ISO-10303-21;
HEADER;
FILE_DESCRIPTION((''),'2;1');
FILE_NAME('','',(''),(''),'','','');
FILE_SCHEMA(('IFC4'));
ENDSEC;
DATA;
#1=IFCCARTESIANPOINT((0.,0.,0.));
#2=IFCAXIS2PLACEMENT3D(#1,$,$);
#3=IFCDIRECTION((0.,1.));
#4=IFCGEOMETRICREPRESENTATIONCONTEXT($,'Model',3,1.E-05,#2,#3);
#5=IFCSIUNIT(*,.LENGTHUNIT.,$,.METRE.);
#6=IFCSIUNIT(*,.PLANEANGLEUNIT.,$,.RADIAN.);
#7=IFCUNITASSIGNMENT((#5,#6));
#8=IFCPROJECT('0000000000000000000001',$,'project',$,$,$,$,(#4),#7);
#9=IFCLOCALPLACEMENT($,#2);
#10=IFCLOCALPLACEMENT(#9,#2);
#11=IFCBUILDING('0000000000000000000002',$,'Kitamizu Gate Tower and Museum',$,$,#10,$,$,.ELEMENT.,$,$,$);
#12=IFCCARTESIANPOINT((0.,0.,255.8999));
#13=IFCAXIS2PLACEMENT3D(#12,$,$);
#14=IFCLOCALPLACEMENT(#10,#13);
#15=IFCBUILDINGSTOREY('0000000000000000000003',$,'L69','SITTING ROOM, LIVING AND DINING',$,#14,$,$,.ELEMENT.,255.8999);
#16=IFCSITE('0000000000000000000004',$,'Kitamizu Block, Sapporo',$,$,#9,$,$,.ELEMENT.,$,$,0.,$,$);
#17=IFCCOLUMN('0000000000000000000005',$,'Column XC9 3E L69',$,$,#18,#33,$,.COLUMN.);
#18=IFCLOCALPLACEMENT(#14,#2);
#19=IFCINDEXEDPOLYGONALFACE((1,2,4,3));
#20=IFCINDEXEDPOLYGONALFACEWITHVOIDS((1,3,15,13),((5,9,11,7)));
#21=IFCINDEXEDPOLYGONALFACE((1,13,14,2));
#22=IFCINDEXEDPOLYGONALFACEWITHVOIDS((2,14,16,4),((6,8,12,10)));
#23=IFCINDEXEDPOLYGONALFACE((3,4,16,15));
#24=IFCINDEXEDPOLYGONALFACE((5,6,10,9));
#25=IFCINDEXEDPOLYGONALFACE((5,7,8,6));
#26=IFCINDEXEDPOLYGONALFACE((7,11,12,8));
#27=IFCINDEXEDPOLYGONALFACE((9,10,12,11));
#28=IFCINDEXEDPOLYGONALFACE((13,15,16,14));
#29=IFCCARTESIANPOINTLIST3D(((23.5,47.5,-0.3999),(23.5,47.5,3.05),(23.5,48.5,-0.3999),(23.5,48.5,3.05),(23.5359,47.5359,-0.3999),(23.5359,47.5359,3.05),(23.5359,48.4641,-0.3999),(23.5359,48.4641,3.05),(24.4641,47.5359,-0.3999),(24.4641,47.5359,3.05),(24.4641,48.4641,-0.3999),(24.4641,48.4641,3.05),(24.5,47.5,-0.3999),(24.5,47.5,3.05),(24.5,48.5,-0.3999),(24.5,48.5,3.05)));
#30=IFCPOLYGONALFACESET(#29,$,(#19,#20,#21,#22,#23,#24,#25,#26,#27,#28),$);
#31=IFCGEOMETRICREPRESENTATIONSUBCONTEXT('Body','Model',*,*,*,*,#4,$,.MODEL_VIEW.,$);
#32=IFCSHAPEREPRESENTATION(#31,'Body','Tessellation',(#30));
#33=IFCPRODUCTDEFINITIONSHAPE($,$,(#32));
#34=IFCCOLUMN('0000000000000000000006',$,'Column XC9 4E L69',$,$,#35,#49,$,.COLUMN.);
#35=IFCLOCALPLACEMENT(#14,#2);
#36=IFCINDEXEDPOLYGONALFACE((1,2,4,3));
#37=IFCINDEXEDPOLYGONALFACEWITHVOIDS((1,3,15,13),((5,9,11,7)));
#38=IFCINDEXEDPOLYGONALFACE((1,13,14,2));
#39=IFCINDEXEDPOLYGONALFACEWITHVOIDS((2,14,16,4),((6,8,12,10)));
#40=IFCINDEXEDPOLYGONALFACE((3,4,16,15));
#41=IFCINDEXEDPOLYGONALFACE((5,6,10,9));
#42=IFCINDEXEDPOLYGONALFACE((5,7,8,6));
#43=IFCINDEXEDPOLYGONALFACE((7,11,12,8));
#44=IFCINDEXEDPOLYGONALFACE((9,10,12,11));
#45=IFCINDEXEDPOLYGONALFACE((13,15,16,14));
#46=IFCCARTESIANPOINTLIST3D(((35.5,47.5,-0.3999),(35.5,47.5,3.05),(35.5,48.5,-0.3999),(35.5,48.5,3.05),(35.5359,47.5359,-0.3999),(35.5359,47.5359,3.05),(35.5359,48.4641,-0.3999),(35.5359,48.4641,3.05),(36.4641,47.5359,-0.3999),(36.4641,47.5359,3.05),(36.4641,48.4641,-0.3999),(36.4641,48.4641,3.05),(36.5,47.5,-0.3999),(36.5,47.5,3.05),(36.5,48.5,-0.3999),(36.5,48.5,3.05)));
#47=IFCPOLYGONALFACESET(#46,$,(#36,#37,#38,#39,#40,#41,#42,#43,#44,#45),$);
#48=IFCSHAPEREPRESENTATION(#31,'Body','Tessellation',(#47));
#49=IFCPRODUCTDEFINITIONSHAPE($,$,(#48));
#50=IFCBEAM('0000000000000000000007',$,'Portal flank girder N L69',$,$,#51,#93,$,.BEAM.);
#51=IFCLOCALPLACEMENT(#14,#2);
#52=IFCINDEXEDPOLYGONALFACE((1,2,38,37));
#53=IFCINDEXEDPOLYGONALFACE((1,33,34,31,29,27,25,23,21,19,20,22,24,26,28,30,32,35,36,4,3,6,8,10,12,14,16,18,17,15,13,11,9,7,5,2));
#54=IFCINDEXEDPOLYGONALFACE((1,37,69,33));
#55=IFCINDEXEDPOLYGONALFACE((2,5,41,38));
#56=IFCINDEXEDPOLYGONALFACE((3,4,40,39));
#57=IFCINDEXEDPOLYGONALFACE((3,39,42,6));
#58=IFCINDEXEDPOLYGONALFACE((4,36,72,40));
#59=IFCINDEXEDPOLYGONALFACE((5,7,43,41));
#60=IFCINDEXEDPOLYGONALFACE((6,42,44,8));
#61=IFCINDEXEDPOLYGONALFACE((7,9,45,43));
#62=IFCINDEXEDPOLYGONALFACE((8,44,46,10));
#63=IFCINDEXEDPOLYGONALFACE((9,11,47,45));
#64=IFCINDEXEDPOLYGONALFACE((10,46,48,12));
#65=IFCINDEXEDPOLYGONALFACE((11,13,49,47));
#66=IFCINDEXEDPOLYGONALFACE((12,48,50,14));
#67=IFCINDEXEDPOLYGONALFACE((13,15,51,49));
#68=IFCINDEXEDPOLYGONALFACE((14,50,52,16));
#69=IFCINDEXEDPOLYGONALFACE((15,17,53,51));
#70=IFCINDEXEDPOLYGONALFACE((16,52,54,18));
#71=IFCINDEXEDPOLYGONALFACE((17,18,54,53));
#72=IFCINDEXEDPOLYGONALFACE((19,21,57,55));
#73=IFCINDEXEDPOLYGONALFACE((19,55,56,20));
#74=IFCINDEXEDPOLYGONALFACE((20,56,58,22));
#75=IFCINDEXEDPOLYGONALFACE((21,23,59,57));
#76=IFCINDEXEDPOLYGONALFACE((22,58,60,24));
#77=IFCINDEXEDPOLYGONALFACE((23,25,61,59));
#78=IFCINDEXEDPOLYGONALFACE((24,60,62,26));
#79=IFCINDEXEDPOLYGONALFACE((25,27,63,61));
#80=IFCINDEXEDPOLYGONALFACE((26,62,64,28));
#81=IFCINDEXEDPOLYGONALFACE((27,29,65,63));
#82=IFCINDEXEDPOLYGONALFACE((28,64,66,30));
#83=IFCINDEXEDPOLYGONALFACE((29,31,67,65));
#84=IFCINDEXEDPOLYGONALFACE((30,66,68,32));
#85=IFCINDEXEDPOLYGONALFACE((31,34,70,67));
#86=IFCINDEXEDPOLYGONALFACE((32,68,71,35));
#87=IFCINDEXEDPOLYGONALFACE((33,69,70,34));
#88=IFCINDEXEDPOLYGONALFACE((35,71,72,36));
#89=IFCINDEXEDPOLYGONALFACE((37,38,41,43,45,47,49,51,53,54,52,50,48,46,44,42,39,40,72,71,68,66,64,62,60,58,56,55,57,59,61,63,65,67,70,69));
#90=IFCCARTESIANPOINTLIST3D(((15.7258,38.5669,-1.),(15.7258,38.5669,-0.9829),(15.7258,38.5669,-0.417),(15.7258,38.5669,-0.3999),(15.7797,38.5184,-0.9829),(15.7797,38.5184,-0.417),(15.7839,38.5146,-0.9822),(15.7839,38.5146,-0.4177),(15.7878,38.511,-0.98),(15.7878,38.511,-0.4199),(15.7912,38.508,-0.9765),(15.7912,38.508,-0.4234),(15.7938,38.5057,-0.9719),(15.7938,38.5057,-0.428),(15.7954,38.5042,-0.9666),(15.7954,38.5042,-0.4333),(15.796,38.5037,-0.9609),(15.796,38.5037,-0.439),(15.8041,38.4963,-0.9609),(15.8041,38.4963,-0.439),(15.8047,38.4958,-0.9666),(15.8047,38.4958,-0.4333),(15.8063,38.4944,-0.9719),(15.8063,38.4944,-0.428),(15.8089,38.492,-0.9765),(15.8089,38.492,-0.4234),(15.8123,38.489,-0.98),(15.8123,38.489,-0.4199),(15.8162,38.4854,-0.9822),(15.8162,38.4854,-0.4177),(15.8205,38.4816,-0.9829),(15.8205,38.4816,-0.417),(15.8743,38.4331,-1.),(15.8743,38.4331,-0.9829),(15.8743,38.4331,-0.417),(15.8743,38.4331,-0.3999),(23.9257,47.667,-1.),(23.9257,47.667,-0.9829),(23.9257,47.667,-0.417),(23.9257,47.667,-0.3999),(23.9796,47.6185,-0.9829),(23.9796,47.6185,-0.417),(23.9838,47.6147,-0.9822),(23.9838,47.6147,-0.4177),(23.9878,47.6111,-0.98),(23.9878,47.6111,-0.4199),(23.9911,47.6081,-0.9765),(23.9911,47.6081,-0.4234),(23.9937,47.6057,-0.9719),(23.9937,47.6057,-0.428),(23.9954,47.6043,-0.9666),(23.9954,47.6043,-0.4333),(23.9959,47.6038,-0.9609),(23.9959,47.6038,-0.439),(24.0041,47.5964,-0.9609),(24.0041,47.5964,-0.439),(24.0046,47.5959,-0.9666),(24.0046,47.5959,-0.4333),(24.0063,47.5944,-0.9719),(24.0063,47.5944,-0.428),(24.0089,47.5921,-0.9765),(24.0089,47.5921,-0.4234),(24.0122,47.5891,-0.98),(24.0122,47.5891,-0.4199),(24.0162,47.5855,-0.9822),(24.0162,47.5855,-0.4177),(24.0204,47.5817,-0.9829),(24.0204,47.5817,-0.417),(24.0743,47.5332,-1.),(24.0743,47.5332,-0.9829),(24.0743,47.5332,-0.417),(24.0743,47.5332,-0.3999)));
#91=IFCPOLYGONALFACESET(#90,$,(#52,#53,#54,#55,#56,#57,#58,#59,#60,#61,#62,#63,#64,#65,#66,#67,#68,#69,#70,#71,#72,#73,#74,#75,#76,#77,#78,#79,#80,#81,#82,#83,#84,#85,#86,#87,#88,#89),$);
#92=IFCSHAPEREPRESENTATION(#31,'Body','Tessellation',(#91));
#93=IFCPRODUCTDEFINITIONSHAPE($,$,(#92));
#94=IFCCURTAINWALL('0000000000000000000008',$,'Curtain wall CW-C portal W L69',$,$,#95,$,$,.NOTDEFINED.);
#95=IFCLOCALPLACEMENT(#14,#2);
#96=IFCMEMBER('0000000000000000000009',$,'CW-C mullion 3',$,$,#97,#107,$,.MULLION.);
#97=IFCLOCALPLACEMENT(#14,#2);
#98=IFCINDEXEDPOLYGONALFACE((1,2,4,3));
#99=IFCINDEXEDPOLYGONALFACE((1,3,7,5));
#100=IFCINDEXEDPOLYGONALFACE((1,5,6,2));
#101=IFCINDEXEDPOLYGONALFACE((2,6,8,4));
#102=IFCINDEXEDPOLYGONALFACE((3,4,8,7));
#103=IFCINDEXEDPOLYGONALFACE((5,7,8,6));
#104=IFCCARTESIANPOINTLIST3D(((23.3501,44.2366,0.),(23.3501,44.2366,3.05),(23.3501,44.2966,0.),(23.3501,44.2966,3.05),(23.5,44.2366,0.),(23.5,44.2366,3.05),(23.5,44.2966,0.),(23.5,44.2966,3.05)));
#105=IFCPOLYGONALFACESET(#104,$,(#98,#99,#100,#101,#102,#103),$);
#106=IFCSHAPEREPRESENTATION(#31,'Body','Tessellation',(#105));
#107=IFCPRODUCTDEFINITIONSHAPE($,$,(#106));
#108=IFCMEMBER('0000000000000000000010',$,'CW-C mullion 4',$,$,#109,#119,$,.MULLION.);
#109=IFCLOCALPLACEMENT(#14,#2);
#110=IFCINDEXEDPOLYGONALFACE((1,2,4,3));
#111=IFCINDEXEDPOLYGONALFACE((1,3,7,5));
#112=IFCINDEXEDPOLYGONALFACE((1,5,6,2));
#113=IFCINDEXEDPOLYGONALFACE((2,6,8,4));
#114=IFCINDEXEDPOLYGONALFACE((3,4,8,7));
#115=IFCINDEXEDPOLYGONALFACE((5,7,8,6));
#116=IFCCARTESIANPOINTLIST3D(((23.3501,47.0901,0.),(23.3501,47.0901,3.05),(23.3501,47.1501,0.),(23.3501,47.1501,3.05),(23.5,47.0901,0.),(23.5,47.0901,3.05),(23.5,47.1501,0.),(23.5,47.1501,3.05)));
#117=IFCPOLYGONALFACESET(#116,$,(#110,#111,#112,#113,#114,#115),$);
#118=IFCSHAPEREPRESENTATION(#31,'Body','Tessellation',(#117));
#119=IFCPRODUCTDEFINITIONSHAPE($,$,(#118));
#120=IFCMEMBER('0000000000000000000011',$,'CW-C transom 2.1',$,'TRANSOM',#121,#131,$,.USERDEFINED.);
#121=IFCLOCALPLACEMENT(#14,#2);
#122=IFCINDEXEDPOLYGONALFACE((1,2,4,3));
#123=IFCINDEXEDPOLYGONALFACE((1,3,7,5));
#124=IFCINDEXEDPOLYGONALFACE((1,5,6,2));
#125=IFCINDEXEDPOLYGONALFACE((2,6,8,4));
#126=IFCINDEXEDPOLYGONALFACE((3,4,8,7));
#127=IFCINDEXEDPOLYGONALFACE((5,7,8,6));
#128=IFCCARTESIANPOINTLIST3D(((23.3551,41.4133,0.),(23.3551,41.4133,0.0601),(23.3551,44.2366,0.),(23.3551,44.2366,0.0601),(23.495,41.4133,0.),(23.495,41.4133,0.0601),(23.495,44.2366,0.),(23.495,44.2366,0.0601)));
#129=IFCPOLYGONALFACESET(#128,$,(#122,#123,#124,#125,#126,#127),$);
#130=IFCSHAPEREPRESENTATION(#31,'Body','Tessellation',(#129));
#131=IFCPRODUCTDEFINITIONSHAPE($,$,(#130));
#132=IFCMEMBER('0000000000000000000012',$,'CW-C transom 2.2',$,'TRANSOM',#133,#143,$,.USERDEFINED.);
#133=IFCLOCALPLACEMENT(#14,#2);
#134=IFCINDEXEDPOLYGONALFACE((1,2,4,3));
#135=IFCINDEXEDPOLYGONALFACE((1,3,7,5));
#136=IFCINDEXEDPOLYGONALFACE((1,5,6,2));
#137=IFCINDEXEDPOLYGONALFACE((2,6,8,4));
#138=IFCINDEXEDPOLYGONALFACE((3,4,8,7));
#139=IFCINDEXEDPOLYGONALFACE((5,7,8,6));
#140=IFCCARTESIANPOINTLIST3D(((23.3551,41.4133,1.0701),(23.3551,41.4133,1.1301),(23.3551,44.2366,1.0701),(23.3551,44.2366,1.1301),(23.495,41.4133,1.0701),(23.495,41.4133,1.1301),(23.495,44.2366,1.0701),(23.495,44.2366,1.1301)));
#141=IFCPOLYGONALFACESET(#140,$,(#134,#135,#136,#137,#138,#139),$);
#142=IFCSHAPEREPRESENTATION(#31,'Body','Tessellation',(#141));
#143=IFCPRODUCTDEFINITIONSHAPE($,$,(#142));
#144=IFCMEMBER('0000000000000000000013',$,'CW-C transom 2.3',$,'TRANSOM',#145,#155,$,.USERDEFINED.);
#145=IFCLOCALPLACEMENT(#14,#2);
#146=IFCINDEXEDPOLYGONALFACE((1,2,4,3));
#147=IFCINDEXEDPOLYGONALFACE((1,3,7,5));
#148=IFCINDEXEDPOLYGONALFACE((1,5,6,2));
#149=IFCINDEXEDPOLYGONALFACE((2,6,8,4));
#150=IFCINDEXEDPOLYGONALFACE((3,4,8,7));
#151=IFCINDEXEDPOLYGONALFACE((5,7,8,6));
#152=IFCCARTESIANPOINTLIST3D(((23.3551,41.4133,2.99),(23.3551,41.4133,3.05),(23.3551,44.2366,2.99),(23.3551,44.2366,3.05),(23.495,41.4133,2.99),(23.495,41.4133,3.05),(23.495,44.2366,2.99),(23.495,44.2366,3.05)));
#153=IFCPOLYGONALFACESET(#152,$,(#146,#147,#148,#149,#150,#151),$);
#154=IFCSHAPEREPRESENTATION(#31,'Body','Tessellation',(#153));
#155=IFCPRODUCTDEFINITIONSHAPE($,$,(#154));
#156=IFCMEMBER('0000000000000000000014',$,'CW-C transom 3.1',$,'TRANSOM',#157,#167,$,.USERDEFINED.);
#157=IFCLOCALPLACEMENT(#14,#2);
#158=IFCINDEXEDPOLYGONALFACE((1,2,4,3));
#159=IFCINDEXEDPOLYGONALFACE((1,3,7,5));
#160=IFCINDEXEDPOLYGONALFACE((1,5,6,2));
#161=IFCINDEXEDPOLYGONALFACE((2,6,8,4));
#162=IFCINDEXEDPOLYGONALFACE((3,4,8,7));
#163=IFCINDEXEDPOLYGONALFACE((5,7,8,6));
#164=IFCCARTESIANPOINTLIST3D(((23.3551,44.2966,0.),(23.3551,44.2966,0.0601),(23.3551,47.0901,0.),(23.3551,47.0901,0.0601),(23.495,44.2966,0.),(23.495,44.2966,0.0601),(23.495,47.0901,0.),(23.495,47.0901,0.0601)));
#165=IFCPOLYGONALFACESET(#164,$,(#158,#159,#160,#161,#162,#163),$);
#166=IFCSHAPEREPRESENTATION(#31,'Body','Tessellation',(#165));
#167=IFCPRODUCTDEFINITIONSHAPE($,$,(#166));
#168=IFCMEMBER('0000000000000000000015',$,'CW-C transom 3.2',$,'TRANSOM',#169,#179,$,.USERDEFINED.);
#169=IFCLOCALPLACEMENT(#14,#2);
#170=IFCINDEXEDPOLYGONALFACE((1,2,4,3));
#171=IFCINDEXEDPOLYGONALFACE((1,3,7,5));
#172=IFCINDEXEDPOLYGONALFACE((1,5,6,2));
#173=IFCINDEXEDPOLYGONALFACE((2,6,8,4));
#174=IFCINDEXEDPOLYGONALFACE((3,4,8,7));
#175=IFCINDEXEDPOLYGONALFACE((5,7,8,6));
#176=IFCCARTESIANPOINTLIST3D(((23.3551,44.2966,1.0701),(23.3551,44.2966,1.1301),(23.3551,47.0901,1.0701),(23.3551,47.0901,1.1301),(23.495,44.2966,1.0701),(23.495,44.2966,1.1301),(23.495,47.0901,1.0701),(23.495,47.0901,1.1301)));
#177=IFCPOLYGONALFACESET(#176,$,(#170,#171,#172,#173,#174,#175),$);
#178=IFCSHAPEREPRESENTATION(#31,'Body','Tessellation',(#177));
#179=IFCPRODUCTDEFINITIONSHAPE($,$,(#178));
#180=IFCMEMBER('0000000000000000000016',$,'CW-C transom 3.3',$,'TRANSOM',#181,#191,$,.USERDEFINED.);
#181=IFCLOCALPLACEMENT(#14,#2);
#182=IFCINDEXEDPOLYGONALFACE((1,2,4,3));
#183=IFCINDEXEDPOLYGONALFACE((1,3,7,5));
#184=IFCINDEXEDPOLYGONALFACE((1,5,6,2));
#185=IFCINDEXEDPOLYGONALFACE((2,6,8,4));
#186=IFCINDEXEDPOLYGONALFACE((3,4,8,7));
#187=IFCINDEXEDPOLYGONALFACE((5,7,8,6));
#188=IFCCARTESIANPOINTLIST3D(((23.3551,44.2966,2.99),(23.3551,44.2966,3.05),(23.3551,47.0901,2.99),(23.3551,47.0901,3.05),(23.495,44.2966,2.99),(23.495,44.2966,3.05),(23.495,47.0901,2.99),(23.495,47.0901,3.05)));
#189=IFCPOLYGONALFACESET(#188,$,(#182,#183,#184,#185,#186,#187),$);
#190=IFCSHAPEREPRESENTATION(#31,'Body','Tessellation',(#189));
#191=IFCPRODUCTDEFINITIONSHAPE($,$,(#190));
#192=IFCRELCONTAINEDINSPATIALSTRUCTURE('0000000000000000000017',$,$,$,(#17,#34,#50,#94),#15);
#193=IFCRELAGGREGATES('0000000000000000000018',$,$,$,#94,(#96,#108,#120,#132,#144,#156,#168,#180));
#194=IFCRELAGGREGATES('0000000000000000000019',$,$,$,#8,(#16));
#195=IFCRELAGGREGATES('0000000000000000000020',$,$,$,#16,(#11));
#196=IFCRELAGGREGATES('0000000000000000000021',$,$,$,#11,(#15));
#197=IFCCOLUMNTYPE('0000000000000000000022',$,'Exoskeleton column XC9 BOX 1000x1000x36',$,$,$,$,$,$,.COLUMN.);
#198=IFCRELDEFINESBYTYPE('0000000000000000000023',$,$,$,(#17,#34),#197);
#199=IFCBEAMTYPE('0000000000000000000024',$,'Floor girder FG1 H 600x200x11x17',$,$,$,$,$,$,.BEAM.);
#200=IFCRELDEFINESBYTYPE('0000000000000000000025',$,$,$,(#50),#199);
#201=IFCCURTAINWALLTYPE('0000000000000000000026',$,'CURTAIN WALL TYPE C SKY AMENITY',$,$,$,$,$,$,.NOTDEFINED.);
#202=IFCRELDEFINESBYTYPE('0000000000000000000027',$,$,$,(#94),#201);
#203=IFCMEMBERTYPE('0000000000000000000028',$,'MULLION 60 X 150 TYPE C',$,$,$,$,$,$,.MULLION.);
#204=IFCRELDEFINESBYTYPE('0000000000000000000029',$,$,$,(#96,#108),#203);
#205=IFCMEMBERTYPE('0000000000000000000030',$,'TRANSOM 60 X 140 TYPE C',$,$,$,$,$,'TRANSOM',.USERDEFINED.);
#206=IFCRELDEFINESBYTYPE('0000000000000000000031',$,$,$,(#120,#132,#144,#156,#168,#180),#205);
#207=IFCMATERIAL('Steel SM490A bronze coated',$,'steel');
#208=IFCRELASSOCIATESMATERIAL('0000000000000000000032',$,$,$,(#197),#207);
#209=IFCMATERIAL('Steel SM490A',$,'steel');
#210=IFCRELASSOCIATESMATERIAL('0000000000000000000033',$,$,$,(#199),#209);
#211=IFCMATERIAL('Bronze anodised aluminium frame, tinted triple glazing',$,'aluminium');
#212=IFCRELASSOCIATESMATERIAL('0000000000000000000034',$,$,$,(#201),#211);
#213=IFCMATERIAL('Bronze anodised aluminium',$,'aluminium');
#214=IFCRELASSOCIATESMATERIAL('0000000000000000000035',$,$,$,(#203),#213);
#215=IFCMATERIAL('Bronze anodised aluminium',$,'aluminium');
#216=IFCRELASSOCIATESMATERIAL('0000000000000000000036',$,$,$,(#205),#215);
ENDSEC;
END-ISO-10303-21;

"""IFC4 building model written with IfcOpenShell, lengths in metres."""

from ifc_helpers import new_model, si_unit, direction, frame, origin, origin_2d, place, context, subcontext, project, spatial, rectangle, hollow_rectangle, i_section, extrude, material, material_profile, profile_set, type_object, element, aggregate, save


model = new_model("IFC4")

# Units and contexts
model_context = context("Model", 3, precision=1e-05, world=origin(), true_north=direction((0.0, 1.0)))
body_context = subcontext(model_context, "Body", "Model", "MODEL_VIEW")
ifc_project = project(units=[si_unit("LENGTHUNIT", "METRE"), si_unit("PLANEANGLEUNIT", "RADIAN")], contexts=[model_context])

# Site, building, storey
site_placement = place(None, origin())
site = spatial("IfcSite", under=ifc_project, at=site_placement, Name="Kitamizu Block, Sapporo", CompositionType="ELEMENT", RefElevation=0.0)
building_placement = place(site_placement, origin())
building = spatial("IfcBuilding", under=site, at=building_placement, Name="Kitamizu Gate Tower and Museum", CompositionType="ELEMENT")
storey_placement = place(building_placement, frame((0.0, 0.0, 255.8999)))
storey = spatial("IfcBuildingStorey", under=building, at=storey_placement, Name="L69", Description="SITTING ROOM, LIVING AND DINING", CompositionType="ELEMENT", Elevation=255.8999)

# Columns
ifc_material_1 = material(Name="Steel SM490A bronze coated", Category="steel")
ifc_material_profile_1 = material_profile(ifc_material_1, hollow_rectangle(XDim=1.0, YDim=1.0, WallThickness=0.0359, at=origin_2d()), Name="BOX 1000x1000x36")
ifc_profile_set_1 = profile_set([ifc_material_profile_1], Name="Steel SM490A bronze coated")
column_type = type_object("IfcColumnType", Name="Exoskeleton column XC9 BOX 1000x1000x36", PredefinedType="COLUMN", material=ifc_profile_set_1)
for number, where, z_axis, x_axis, name in (
    (1, (24.0, 48.0, -0.3999), (0.0, 0.0, 1.0), (1.0, 0.0, 0.0), "Column XC9 3E L69"),
    (2, (36.0, 48.0, -0.3999), (0.0, 0.0, 1.0), (1.0, 0.0, 0.0), "Column XC9 4E L69"),
):
    element("IfcColumn", number, at=place(storey_placement, frame(where, z_axis=z_axis, x_axis=x_axis)), inside=storey, type_object=column_type, Name=name, PredefinedType="COLUMN", context=body_context, shape_type="SweptSolid", body=[
        extrude(hollow_rectangle(XDim=1.0, YDim=1.0, WallThickness=0.0359, at=origin_2d()), origin(), (0.0, 0.0, 1.0), 3.45),
    ])

# Beam
ifc_material_2 = material(Name="Steel SM490A", Category="steel")
ifc_material_profile_2 = material_profile(ifc_material_2, i_section(OverallWidth=0.2, OverallDepth=0.6001, WebThickness=0.011, FlangeThickness=0.0171, FilletRadius=0.022, at=origin_2d()), Name="H-600x200x11x17")
ifc_profile_set_2 = profile_set([ifc_material_profile_2], Name="Steel SM490A")
beam_type = type_object("IfcBeamType", Name="Floor girder FG1 H 600x200x11x17", PredefinedType="BEAM", material=ifc_profile_set_2)
beam_placement = place(storey_placement, frame((24.0, 47.6001, -0.7), z_axis=(-0.669409, -0.742894, 0.0), x_axis=(0.742894, -0.669409, 0.0)))
element("IfcBeam", 3, at=beam_placement, inside=storey, type_object=beam_type, Name="Portal flank girder N L69", PredefinedType="BEAM", context=body_context, shape_type="SweptSolid", body=[
    extrude(i_section(OverallWidth=0.2, OverallDepth=0.6001, WebThickness=0.011, FlangeThickness=0.0171, FilletRadius=0.022, at=origin_2d()), origin(), (0.0, 0.0, 1.0), 12.2495),
])

# Curtain wall, members
ifc_material_3 = material(Name="Bronze anodised aluminium frame, tinted triple glazing", Category="aluminium")
curtain_wall_type = type_object("IfcCurtainWallType", Name="CURTAIN WALL TYPE C SKY AMENITY", PredefinedType="NOTDEFINED", material=ifc_material_3)
curtain_wall_placement = place(storey_placement, origin())
curtain_wall = element("IfcCurtainWall", 4, at=curtain_wall_placement, inside=storey, type_object=curtain_wall_type, Name="Curtain wall CW-C portal W L69", PredefinedType="NOTDEFINED")
ifc_material_4 = material(Name="Bronze anodised aluminium", Category="aluminium")
ifc_material_profile_3 = material_profile(ifc_material_4, rectangle(XDim=0.0601, YDim=0.1499, at=origin_2d()), Name="AL 60X150")
ifc_profile_set_3 = profile_set([ifc_material_profile_3], Name="Bronze anodised aluminium")
member_type_1 = type_object("IfcMemberType", Name="MULLION 60 X 150 TYPE C", PredefinedType="MULLION", material=ifc_profile_set_3)
member_1_placement = place(storey_placement, frame((23.425, 44.2666, 0.0), z_axis=(0.0, 0.0, 1.0), x_axis=(0.0, 1.0, 0.0)))
member_1 = element("IfcMember", 5, at=member_1_placement, type_object=member_type_1, Name="CW-C mullion 3", PredefinedType="MULLION", context=body_context, shape_type="SweptSolid", body=[
    extrude(rectangle(XDim=0.0601, YDim=0.1499, at=origin_2d()), origin(), (0.0, 0.0, 1.0), 3.05),
])
member_2_placement = place(storey_placement, frame((23.425, 47.1201, 0.0), z_axis=(0.0, 0.0, 1.0), x_axis=(0.0, 1.0, 0.0)))
member_2 = element("IfcMember", 6, at=member_2_placement, type_object=member_type_1, Name="CW-C mullion 4", PredefinedType="MULLION", context=body_context, shape_type="SweptSolid", body=[
    extrude(rectangle(XDim=0.0601, YDim=0.1499, at=origin_2d()), origin(), (0.0, 0.0, 1.0), 3.05),
])
ifc_material_5 = material(Name="Bronze anodised aluminium", Category="aluminium")
ifc_material_profile_4 = material_profile(ifc_material_5, rectangle(XDim=0.1399, YDim=0.0601, at=origin_2d()), Name="AL 60X140")
ifc_profile_set_4 = profile_set([ifc_material_profile_4], Name="Bronze anodised aluminium")
member_type_2 = type_object("IfcMemberType", Name="TRANSOM 60 X 140 TYPE C", ElementType="TRANSOM", PredefinedType="USERDEFINED", material=ifc_profile_set_4)
member_3_placement = place(storey_placement, frame((23.425, 41.4133, 0.03), z_axis=(0.0, 1.0, 0.0), x_axis=(-1.0, 0.0, 0.0)))
member_3 = element("IfcMember", 7, at=member_3_placement, type_object=member_type_2, Name="CW-C transom 2.1", ObjectType="TRANSOM", PredefinedType="USERDEFINED", context=body_context, shape_type="SweptSolid", body=[
    extrude(rectangle(XDim=0.1399, YDim=0.0601, at=origin_2d()), origin(), (0.0, 0.0, 1.0), 2.8232),
])
member_4_placement = place(storey_placement, frame((23.425, 41.4133, 1.1001), z_axis=(0.0, 1.0, 0.0), x_axis=(-1.0, 0.0, 0.0)))
member_4 = element("IfcMember", 8, at=member_4_placement, type_object=member_type_2, Name="CW-C transom 2.2", ObjectType="TRANSOM", PredefinedType="USERDEFINED", context=body_context, shape_type="SweptSolid", body=[
    extrude(rectangle(XDim=0.1399, YDim=0.0601, at=origin_2d()), origin(), (0.0, 0.0, 1.0), 2.8232),
])
member_5_placement = place(storey_placement, frame((23.425, 41.4133, 3.02), z_axis=(0.0, 1.0, 0.0), x_axis=(-1.0, 0.0, 0.0)))
member_5 = element("IfcMember", 9, at=member_5_placement, type_object=member_type_2, Name="CW-C transom 2.3", ObjectType="TRANSOM", PredefinedType="USERDEFINED", context=body_context, shape_type="SweptSolid", body=[
    extrude(rectangle(XDim=0.1399, YDim=0.0601, at=origin_2d()), origin(), (0.0, 0.0, 1.0), 2.8232),
])
member_6_placement = place(storey_placement, frame((23.425, 44.2966, 0.03), z_axis=(0.0, 1.0, 0.0), x_axis=(-1.0, 0.0, 0.0)))
member_6 = element("IfcMember", 10, at=member_6_placement, type_object=member_type_2, Name="CW-C transom 3.1", ObjectType="TRANSOM", PredefinedType="USERDEFINED", context=body_context, shape_type="SweptSolid", body=[
    extrude(rectangle(XDim=0.1399, YDim=0.0601, at=origin_2d()), origin(), (0.0, 0.0, 1.0), 2.7935),
])
member_7_placement = place(storey_placement, frame((23.425, 44.2966, 1.1001), z_axis=(0.0, 1.0, 0.0), x_axis=(-1.0, 0.0, 0.0)))
member_7 = element("IfcMember", 11, at=member_7_placement, type_object=member_type_2, Name="CW-C transom 3.2", ObjectType="TRANSOM", PredefinedType="USERDEFINED", context=body_context, shape_type="SweptSolid", body=[
    extrude(rectangle(XDim=0.1399, YDim=0.0601, at=origin_2d()), origin(), (0.0, 0.0, 1.0), 2.7935),
])
member_8_placement = place(storey_placement, frame((23.425, 44.2966, 3.02), z_axis=(0.0, 1.0, 0.0), x_axis=(-1.0, 0.0, 0.0)))
member_8 = element("IfcMember", 12, at=member_8_placement, type_object=member_type_2, Name="CW-C transom 3.3", ObjectType="TRANSOM", PredefinedType="USERDEFINED", context=body_context, shape_type="SweptSolid", body=[
    extrude(rectangle(XDim=0.1399, YDim=0.0601, at=origin_2d()), origin(), (0.0, 0.0, 1.0), 2.7935),
])
aggregate(curtain_wall, [member_1, member_2, member_3, member_4, member_5, member_6, member_7, member_8])

save(model, "model.ifc")
